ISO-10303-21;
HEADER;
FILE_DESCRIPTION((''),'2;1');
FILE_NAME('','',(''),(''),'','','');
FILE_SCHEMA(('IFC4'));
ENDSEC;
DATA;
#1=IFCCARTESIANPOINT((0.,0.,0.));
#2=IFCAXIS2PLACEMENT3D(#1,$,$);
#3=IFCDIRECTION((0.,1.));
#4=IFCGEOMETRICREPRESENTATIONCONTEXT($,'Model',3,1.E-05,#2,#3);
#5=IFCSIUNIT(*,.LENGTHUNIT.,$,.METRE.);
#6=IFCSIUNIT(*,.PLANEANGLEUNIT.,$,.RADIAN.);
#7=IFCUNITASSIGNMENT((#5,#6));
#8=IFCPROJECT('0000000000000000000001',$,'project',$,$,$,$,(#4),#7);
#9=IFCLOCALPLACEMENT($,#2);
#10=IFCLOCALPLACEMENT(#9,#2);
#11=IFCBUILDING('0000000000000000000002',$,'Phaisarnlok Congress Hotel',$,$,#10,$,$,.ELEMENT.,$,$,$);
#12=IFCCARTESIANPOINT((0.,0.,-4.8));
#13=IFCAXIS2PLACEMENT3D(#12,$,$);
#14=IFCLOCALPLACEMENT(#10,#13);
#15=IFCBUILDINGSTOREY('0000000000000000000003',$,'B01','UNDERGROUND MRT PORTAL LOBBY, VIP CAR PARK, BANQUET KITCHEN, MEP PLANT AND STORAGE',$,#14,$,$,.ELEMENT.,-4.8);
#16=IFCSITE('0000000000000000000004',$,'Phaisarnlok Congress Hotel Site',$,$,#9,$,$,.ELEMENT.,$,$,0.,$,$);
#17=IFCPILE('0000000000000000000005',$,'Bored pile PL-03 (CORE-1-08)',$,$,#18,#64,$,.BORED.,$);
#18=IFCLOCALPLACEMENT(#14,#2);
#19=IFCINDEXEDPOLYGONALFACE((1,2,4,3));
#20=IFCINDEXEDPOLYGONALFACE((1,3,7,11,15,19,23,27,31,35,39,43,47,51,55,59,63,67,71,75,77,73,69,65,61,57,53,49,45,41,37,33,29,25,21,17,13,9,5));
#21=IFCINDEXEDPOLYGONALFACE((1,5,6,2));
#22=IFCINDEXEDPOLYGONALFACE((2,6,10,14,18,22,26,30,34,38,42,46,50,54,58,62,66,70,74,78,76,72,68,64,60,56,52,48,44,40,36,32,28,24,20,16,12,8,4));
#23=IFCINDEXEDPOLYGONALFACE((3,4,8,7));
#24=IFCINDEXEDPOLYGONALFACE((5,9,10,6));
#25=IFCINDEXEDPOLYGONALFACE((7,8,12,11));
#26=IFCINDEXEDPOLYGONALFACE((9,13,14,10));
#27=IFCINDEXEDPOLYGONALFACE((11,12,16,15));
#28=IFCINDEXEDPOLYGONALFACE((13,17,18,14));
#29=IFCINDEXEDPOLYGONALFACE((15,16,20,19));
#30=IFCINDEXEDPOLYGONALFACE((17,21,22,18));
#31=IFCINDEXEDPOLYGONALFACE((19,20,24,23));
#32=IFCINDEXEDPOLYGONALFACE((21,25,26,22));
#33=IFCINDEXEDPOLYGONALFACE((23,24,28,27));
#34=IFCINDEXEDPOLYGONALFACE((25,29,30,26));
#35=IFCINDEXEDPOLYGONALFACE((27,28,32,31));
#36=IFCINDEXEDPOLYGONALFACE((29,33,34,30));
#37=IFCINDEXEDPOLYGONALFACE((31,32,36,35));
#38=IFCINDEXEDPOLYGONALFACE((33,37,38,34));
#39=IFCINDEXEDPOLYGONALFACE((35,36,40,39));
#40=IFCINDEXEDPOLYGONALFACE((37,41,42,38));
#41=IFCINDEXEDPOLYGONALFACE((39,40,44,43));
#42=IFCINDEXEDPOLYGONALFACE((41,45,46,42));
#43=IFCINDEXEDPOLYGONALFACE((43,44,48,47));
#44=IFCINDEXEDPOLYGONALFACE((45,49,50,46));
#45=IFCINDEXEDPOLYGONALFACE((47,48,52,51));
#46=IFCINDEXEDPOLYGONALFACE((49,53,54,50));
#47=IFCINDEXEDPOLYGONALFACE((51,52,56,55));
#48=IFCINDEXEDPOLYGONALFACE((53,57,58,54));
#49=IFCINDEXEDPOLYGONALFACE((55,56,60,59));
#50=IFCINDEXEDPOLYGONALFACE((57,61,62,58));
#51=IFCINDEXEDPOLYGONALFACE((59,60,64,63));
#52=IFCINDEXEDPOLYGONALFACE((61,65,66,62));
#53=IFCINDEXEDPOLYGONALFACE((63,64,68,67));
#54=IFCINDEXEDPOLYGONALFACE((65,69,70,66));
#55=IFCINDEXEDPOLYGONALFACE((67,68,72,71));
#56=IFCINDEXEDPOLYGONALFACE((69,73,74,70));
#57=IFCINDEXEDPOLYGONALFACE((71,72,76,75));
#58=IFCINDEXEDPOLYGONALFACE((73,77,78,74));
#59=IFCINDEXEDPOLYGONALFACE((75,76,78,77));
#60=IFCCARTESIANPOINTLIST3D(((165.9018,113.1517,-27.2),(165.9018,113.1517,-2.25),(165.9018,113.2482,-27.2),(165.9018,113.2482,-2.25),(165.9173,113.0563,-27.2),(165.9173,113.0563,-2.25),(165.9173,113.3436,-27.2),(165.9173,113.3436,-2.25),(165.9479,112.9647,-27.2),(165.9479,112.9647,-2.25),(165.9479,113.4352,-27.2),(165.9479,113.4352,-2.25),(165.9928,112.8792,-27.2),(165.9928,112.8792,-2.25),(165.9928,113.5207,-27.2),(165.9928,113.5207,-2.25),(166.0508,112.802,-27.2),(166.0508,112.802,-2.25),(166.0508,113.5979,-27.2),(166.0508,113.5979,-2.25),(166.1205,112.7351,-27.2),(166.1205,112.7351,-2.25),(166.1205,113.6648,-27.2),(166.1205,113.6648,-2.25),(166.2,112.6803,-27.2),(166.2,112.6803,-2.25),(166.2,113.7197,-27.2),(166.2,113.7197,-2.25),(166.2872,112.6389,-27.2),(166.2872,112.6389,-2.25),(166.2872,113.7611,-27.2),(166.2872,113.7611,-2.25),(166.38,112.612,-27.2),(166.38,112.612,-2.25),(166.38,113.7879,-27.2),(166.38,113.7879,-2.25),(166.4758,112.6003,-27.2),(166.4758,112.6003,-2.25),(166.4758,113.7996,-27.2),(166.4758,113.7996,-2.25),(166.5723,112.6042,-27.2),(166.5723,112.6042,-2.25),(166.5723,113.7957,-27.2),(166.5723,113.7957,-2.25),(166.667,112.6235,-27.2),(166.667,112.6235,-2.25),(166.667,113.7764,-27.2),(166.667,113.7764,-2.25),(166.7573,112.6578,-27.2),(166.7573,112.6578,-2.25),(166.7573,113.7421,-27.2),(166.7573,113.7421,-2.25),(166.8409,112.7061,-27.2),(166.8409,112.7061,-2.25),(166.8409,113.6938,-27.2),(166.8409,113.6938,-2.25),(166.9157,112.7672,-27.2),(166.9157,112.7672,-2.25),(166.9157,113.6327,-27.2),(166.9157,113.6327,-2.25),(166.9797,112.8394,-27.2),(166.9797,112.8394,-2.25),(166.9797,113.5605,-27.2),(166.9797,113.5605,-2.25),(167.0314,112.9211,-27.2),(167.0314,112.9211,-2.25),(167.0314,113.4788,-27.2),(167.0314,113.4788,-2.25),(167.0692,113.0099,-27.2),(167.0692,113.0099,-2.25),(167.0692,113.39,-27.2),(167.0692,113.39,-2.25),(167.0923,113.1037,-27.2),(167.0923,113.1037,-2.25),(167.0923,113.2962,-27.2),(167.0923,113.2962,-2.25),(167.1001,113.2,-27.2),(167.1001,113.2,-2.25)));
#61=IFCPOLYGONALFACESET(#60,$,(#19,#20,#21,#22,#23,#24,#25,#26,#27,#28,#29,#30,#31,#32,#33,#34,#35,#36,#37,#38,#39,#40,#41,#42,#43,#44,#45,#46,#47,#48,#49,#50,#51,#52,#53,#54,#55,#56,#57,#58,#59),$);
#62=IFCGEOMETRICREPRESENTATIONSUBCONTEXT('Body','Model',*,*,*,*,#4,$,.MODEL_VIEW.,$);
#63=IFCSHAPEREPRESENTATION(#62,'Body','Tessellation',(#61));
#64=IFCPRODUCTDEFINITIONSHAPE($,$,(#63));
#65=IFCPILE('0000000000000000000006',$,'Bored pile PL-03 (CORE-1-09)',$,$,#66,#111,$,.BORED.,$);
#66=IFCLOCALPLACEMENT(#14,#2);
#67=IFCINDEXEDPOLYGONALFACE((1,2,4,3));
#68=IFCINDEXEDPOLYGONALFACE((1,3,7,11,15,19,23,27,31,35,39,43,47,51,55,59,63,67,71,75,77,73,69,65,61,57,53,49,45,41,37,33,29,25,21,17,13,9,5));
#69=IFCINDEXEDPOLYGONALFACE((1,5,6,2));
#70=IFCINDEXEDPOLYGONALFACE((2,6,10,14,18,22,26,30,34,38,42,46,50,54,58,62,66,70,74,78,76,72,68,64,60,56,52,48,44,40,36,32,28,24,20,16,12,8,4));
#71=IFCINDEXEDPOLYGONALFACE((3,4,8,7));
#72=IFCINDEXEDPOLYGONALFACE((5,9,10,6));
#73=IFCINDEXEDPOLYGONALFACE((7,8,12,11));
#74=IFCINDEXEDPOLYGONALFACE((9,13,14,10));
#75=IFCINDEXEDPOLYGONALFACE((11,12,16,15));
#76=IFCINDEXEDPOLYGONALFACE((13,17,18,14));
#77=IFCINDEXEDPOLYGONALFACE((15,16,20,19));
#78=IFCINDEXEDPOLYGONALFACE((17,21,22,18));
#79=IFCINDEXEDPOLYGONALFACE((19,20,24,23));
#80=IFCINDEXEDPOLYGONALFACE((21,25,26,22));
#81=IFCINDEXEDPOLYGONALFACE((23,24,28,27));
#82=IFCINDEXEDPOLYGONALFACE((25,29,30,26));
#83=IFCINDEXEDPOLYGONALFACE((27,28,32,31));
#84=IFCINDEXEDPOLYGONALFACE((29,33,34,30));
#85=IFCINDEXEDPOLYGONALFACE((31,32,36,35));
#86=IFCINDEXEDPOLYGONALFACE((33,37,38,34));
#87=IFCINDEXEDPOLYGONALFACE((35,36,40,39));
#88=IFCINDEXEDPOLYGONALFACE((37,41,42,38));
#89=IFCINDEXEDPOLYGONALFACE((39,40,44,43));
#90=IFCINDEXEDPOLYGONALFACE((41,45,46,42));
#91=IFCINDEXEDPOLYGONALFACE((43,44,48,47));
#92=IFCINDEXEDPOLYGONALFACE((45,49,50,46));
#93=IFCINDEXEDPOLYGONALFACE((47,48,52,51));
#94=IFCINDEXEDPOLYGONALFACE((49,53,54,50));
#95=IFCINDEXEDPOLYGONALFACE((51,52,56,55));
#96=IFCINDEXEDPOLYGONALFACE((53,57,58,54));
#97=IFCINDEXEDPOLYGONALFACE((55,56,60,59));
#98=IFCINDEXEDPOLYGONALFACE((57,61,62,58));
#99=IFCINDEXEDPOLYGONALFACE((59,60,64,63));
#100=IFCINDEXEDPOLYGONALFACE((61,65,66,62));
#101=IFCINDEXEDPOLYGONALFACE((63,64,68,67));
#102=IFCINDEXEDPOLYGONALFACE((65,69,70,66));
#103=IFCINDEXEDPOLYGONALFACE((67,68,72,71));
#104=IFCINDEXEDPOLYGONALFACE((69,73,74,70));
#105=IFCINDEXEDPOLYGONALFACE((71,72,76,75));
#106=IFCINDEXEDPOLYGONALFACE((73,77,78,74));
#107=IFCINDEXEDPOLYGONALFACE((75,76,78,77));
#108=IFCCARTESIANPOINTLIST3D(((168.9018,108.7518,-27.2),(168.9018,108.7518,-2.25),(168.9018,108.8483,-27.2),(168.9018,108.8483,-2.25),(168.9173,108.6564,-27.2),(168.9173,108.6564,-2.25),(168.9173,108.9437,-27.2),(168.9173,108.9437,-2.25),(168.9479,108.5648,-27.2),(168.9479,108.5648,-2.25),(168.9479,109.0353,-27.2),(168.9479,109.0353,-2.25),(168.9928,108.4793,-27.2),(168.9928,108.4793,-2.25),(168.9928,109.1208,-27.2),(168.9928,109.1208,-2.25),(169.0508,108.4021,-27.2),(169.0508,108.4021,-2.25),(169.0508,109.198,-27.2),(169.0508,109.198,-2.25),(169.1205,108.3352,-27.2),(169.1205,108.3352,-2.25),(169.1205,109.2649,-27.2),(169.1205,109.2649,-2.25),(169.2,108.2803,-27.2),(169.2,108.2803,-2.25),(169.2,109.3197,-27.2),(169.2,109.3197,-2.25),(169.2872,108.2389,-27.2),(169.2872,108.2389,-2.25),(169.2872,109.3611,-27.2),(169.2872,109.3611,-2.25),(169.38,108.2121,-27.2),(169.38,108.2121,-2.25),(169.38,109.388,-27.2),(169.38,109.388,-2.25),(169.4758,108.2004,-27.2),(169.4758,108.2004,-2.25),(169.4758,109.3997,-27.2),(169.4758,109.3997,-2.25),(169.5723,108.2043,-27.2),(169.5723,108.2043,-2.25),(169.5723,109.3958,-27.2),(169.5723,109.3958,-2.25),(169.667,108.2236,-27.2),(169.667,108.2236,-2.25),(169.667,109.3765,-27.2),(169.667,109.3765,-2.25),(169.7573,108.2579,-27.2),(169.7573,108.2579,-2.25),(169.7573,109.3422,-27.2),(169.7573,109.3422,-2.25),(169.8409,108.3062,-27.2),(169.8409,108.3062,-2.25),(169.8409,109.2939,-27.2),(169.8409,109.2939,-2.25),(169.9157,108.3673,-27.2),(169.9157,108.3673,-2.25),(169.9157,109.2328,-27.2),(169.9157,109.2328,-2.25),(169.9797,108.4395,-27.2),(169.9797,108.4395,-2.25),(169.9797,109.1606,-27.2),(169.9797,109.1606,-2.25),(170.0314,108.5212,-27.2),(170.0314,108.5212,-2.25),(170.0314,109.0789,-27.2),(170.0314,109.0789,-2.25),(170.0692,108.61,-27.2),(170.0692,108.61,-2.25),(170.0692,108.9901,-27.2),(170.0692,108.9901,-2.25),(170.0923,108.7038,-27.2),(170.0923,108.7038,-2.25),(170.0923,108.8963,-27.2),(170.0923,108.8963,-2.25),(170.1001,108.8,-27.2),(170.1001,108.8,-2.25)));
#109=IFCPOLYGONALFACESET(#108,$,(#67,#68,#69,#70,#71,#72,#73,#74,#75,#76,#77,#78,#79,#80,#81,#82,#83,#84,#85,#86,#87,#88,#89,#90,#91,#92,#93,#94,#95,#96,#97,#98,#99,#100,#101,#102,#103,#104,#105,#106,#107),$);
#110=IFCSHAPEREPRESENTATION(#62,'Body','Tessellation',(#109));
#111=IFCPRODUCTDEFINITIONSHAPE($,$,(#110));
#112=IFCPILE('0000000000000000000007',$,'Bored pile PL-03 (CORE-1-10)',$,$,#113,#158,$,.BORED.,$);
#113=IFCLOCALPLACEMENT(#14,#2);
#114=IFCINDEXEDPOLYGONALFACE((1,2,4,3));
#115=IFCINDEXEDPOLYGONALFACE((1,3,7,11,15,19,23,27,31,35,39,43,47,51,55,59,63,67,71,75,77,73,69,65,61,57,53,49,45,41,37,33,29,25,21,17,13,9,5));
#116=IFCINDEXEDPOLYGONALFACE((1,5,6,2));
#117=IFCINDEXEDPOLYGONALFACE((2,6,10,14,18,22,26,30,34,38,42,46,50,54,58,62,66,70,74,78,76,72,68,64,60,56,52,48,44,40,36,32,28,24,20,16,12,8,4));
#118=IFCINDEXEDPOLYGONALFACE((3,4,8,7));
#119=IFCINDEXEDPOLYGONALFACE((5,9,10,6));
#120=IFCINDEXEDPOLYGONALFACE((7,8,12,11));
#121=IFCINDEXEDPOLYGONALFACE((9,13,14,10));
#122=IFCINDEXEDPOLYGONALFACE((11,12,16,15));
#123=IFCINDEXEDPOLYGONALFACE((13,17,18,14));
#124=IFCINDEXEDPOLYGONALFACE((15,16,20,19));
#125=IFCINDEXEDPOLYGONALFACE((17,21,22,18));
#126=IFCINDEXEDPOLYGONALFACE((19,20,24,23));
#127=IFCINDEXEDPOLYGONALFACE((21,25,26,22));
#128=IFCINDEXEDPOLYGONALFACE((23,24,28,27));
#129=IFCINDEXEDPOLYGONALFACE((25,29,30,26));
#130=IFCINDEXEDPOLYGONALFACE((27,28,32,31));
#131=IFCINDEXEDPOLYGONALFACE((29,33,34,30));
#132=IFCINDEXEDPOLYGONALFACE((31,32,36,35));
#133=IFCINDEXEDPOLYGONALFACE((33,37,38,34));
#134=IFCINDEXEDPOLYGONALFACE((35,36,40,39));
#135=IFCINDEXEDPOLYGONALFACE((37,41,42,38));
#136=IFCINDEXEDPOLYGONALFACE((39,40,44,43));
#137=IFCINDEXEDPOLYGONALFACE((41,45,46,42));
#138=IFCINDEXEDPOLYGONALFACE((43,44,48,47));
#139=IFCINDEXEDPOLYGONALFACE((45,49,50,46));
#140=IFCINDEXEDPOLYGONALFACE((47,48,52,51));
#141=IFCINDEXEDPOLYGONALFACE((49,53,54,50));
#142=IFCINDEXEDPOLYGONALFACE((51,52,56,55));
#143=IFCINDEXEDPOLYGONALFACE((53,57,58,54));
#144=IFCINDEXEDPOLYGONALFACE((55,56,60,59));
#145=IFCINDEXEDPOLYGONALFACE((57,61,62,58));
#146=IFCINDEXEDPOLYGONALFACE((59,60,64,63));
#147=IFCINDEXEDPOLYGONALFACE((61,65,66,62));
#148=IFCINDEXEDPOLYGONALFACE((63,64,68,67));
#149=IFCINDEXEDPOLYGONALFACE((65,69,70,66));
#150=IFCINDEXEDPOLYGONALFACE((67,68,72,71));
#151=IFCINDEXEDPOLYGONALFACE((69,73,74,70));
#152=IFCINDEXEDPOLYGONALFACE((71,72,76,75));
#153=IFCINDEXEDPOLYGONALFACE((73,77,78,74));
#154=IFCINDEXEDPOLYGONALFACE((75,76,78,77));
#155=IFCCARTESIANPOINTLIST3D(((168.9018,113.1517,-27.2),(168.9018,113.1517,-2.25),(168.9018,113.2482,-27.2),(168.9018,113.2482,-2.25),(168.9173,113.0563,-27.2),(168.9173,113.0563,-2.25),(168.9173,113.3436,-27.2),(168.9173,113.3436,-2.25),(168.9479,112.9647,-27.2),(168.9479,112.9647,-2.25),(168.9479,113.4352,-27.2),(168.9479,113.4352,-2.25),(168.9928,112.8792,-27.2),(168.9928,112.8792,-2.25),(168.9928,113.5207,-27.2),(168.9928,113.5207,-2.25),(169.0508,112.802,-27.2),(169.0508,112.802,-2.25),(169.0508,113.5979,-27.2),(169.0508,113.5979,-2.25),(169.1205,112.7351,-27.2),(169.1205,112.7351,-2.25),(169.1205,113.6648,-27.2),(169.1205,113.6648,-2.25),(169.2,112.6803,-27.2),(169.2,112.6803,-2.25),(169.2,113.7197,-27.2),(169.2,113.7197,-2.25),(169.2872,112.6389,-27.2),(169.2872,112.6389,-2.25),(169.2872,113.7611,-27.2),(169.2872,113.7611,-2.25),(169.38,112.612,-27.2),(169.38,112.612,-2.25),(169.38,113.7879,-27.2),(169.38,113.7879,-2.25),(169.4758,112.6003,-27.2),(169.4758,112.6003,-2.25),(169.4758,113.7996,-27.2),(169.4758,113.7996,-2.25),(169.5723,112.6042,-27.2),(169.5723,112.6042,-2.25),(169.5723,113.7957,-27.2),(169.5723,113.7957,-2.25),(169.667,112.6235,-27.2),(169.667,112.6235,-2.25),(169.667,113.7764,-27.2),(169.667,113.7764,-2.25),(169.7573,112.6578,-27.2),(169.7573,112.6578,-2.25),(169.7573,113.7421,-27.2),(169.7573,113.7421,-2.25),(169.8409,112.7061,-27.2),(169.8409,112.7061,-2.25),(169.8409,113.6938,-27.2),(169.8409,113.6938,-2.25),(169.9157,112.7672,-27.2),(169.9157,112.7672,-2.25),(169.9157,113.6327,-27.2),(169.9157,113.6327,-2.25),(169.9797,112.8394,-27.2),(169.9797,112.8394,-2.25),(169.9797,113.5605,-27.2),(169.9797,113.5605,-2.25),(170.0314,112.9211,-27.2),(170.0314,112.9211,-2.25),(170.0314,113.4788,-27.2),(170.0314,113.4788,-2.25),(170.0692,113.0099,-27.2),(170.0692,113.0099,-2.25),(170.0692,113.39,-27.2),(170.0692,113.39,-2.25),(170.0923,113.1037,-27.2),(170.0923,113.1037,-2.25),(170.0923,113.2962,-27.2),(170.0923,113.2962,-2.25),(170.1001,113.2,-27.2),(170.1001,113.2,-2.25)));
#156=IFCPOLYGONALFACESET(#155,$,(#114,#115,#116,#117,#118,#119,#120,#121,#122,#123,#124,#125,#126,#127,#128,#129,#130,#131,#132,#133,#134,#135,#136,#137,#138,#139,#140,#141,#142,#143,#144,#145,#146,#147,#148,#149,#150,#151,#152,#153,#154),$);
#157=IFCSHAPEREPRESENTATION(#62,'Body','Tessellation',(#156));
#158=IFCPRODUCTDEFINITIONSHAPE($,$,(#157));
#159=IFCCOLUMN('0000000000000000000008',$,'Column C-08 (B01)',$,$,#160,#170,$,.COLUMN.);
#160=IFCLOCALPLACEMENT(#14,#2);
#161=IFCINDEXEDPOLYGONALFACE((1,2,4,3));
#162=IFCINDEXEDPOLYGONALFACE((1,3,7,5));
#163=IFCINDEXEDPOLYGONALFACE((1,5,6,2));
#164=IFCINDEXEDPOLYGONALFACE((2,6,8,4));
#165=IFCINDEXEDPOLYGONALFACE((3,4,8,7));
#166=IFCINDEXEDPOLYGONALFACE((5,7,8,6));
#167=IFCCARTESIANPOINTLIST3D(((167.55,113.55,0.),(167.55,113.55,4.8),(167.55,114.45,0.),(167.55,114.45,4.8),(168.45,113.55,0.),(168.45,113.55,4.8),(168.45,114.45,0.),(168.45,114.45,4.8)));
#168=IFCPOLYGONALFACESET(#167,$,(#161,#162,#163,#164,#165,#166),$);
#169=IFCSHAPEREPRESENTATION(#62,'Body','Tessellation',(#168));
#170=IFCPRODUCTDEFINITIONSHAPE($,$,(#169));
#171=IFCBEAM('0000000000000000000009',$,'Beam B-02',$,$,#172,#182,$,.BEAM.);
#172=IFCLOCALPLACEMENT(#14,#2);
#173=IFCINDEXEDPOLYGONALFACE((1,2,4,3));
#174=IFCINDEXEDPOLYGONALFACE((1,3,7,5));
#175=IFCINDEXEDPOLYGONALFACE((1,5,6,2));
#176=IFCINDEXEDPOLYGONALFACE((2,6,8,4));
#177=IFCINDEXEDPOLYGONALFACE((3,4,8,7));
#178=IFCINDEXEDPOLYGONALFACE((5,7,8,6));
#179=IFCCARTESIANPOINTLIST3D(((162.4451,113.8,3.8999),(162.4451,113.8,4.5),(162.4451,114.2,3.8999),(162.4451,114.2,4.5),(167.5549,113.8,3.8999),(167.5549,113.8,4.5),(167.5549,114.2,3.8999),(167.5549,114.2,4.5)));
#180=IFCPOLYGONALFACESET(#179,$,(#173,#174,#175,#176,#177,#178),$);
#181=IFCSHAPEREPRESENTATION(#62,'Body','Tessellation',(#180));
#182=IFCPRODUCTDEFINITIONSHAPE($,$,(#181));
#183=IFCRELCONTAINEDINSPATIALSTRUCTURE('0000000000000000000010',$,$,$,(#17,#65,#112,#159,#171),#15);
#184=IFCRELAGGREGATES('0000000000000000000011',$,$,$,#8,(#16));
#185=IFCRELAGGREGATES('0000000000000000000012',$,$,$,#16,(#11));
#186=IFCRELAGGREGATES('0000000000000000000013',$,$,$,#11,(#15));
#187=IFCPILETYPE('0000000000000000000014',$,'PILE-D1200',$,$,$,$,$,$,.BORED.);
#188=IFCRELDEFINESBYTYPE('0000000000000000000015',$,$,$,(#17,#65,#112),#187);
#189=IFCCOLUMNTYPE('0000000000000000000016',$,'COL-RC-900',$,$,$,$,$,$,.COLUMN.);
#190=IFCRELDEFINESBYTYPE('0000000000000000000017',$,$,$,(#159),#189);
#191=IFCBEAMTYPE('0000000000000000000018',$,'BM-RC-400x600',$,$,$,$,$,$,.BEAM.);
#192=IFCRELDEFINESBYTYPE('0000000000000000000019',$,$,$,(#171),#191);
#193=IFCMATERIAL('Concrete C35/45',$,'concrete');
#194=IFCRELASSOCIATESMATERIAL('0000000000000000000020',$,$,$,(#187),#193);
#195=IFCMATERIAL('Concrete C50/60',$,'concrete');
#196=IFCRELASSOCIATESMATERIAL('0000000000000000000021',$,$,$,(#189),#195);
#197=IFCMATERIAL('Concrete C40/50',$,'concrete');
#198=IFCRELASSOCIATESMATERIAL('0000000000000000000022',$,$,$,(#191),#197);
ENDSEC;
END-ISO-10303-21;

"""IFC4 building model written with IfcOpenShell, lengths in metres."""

from ifc_helpers import new_model, si_unit, direction, frame, origin, origin_2d, place, context, subcontext, project, spatial, rectangle, circle, extrude, material, material_profile, profile_set, type_object, element, save


model = new_model("IFC4")

# Units and contexts
model_context = context("Model", 3, precision=1e-05, world=origin(), true_north=direction((0.0, 1.0)))
body_context = subcontext(model_context, "Body", "Model", "MODEL_VIEW")
ifc_project = project(units=[si_unit("LENGTHUNIT", "METRE"), si_unit("PLANEANGLEUNIT", "RADIAN")], contexts=[model_context])

# Site, building, storey
site_placement = place(None, origin())
site = spatial("IfcSite", under=ifc_project, at=site_placement, Name="Phaisarnlok Congress Hotel Site", CompositionType="ELEMENT", RefElevation=0.0)
building_placement = place(site_placement, origin())
building = spatial("IfcBuilding", under=site, at=building_placement, Name="Phaisarnlok Congress Hotel", CompositionType="ELEMENT")
storey_placement = place(building_placement, frame((0.0, 0.0, -4.8)))
storey = spatial("IfcBuildingStorey", under=building, at=storey_placement, Name="B01", Description="UNDERGROUND MRT PORTAL LOBBY, VIP CAR PARK, BANQUET KITCHEN, MEP PLANT AND STORAGE", CompositionType="ELEMENT", Elevation=-4.8)

# Shared definitions
ifc_material_1 = material(Name="Concrete C40/50", Category="concrete")

# Piles
ifc_material_2 = material(Name="Concrete C35/45", Category="concrete")
ifc_material_profile_1 = material_profile(ifc_material_2, circle(Radius=0.6001, at=origin_2d()), Name="BORED PILE D1200")
ifc_profile_set_1 = profile_set([ifc_material_profile_1], Name="Concrete C35/45")
pile_type = type_object("IfcPileType", Name="PILE-D1200", PredefinedType="BORED", material=ifc_profile_set_1)
for number, where, z_axis, x_axis, name in (
    (1, (166.5, 113.2, -2.25), (0.0, 0.0, -1.0), (1.0, 0.0, 0.0), "Bored pile PL-03 (CORE-1-08)"),
    (2, (169.5, 108.8, -2.25), (0.0, 0.0, -1.0), (1.0, 0.0, 0.0), "Bored pile PL-03 (CORE-1-09)"),
    (3, (169.5, 113.2, -2.25), (0.0, 0.0, -1.0), (1.0, 0.0, 0.0), "Bored pile PL-03 (CORE-1-10)"),
):
    element("IfcPile", number, at=place(storey_placement, frame(where, z_axis=z_axis, x_axis=x_axis)), inside=storey, type_object=pile_type, Name=name, PredefinedType="BORED", context=body_context, shape_type="SweptSolid", body=[
        extrude(circle(Radius=0.6001, at=origin_2d()), origin(), (0.0, 0.0, 1.0), 24.95),
    ])

# Column
ifc_material_3 = material(Name="Concrete C50/60", Category="concrete")
ifc_material_profile_2 = material_profile(ifc_material_3, rectangle(XDim=0.8999, YDim=0.8999, at=origin_2d()), Name="RC 900x900")
ifc_profile_set_2 = profile_set([ifc_material_profile_2], Name="Concrete C50/60")
column_type = type_object("IfcColumnType", Name="COL-RC-900", PredefinedType="COLUMN", material=ifc_profile_set_2)
column_placement = place(storey_placement, frame((168.0, 114.0, 0.0), z_axis=(0.0, 0.0, 1.0), x_axis=(1.0, 0.0, 0.0)))
element("IfcColumn", 4, at=column_placement, inside=storey, type_object=column_type, Name="Column C-08 (B01)", PredefinedType="COLUMN", context=body_context, shape_type="SweptSolid", body=[
    extrude(rectangle(XDim=0.8999, YDim=0.8999, at=origin_2d()), origin(), (0.0, 0.0, 1.0), 4.8),
])

# Beam
ifc_material_profile_3 = material_profile(ifc_material_1, rectangle(XDim=0.3999, YDim=0.6001, at=origin_2d()), Name="RC 400x600")
ifc_profile_set_3 = profile_set([ifc_material_profile_3], Name="Concrete C40/50")
beam_type = type_object("IfcBeamType", Name="BM-RC-400x600", PredefinedType="BEAM", material=ifc_profile_set_3)
beam_placement = place(storey_placement, frame((162.4451, 114.0, 4.2), z_axis=(1.0, 0.0, 0.0), x_axis=(0.0, 1.0, 0.0)))
element("IfcBeam", 5, at=beam_placement, inside=storey, type_object=beam_type, Name="Beam B-02", PredefinedType="BEAM", context=body_context, shape_type="SweptSolid", body=[
    extrude(rectangle(XDim=0.3999, YDim=0.6001, at=origin_2d()), origin(), (0.0, 0.0, 1.0), 5.1099),
])

save(model, "model.ifc")
